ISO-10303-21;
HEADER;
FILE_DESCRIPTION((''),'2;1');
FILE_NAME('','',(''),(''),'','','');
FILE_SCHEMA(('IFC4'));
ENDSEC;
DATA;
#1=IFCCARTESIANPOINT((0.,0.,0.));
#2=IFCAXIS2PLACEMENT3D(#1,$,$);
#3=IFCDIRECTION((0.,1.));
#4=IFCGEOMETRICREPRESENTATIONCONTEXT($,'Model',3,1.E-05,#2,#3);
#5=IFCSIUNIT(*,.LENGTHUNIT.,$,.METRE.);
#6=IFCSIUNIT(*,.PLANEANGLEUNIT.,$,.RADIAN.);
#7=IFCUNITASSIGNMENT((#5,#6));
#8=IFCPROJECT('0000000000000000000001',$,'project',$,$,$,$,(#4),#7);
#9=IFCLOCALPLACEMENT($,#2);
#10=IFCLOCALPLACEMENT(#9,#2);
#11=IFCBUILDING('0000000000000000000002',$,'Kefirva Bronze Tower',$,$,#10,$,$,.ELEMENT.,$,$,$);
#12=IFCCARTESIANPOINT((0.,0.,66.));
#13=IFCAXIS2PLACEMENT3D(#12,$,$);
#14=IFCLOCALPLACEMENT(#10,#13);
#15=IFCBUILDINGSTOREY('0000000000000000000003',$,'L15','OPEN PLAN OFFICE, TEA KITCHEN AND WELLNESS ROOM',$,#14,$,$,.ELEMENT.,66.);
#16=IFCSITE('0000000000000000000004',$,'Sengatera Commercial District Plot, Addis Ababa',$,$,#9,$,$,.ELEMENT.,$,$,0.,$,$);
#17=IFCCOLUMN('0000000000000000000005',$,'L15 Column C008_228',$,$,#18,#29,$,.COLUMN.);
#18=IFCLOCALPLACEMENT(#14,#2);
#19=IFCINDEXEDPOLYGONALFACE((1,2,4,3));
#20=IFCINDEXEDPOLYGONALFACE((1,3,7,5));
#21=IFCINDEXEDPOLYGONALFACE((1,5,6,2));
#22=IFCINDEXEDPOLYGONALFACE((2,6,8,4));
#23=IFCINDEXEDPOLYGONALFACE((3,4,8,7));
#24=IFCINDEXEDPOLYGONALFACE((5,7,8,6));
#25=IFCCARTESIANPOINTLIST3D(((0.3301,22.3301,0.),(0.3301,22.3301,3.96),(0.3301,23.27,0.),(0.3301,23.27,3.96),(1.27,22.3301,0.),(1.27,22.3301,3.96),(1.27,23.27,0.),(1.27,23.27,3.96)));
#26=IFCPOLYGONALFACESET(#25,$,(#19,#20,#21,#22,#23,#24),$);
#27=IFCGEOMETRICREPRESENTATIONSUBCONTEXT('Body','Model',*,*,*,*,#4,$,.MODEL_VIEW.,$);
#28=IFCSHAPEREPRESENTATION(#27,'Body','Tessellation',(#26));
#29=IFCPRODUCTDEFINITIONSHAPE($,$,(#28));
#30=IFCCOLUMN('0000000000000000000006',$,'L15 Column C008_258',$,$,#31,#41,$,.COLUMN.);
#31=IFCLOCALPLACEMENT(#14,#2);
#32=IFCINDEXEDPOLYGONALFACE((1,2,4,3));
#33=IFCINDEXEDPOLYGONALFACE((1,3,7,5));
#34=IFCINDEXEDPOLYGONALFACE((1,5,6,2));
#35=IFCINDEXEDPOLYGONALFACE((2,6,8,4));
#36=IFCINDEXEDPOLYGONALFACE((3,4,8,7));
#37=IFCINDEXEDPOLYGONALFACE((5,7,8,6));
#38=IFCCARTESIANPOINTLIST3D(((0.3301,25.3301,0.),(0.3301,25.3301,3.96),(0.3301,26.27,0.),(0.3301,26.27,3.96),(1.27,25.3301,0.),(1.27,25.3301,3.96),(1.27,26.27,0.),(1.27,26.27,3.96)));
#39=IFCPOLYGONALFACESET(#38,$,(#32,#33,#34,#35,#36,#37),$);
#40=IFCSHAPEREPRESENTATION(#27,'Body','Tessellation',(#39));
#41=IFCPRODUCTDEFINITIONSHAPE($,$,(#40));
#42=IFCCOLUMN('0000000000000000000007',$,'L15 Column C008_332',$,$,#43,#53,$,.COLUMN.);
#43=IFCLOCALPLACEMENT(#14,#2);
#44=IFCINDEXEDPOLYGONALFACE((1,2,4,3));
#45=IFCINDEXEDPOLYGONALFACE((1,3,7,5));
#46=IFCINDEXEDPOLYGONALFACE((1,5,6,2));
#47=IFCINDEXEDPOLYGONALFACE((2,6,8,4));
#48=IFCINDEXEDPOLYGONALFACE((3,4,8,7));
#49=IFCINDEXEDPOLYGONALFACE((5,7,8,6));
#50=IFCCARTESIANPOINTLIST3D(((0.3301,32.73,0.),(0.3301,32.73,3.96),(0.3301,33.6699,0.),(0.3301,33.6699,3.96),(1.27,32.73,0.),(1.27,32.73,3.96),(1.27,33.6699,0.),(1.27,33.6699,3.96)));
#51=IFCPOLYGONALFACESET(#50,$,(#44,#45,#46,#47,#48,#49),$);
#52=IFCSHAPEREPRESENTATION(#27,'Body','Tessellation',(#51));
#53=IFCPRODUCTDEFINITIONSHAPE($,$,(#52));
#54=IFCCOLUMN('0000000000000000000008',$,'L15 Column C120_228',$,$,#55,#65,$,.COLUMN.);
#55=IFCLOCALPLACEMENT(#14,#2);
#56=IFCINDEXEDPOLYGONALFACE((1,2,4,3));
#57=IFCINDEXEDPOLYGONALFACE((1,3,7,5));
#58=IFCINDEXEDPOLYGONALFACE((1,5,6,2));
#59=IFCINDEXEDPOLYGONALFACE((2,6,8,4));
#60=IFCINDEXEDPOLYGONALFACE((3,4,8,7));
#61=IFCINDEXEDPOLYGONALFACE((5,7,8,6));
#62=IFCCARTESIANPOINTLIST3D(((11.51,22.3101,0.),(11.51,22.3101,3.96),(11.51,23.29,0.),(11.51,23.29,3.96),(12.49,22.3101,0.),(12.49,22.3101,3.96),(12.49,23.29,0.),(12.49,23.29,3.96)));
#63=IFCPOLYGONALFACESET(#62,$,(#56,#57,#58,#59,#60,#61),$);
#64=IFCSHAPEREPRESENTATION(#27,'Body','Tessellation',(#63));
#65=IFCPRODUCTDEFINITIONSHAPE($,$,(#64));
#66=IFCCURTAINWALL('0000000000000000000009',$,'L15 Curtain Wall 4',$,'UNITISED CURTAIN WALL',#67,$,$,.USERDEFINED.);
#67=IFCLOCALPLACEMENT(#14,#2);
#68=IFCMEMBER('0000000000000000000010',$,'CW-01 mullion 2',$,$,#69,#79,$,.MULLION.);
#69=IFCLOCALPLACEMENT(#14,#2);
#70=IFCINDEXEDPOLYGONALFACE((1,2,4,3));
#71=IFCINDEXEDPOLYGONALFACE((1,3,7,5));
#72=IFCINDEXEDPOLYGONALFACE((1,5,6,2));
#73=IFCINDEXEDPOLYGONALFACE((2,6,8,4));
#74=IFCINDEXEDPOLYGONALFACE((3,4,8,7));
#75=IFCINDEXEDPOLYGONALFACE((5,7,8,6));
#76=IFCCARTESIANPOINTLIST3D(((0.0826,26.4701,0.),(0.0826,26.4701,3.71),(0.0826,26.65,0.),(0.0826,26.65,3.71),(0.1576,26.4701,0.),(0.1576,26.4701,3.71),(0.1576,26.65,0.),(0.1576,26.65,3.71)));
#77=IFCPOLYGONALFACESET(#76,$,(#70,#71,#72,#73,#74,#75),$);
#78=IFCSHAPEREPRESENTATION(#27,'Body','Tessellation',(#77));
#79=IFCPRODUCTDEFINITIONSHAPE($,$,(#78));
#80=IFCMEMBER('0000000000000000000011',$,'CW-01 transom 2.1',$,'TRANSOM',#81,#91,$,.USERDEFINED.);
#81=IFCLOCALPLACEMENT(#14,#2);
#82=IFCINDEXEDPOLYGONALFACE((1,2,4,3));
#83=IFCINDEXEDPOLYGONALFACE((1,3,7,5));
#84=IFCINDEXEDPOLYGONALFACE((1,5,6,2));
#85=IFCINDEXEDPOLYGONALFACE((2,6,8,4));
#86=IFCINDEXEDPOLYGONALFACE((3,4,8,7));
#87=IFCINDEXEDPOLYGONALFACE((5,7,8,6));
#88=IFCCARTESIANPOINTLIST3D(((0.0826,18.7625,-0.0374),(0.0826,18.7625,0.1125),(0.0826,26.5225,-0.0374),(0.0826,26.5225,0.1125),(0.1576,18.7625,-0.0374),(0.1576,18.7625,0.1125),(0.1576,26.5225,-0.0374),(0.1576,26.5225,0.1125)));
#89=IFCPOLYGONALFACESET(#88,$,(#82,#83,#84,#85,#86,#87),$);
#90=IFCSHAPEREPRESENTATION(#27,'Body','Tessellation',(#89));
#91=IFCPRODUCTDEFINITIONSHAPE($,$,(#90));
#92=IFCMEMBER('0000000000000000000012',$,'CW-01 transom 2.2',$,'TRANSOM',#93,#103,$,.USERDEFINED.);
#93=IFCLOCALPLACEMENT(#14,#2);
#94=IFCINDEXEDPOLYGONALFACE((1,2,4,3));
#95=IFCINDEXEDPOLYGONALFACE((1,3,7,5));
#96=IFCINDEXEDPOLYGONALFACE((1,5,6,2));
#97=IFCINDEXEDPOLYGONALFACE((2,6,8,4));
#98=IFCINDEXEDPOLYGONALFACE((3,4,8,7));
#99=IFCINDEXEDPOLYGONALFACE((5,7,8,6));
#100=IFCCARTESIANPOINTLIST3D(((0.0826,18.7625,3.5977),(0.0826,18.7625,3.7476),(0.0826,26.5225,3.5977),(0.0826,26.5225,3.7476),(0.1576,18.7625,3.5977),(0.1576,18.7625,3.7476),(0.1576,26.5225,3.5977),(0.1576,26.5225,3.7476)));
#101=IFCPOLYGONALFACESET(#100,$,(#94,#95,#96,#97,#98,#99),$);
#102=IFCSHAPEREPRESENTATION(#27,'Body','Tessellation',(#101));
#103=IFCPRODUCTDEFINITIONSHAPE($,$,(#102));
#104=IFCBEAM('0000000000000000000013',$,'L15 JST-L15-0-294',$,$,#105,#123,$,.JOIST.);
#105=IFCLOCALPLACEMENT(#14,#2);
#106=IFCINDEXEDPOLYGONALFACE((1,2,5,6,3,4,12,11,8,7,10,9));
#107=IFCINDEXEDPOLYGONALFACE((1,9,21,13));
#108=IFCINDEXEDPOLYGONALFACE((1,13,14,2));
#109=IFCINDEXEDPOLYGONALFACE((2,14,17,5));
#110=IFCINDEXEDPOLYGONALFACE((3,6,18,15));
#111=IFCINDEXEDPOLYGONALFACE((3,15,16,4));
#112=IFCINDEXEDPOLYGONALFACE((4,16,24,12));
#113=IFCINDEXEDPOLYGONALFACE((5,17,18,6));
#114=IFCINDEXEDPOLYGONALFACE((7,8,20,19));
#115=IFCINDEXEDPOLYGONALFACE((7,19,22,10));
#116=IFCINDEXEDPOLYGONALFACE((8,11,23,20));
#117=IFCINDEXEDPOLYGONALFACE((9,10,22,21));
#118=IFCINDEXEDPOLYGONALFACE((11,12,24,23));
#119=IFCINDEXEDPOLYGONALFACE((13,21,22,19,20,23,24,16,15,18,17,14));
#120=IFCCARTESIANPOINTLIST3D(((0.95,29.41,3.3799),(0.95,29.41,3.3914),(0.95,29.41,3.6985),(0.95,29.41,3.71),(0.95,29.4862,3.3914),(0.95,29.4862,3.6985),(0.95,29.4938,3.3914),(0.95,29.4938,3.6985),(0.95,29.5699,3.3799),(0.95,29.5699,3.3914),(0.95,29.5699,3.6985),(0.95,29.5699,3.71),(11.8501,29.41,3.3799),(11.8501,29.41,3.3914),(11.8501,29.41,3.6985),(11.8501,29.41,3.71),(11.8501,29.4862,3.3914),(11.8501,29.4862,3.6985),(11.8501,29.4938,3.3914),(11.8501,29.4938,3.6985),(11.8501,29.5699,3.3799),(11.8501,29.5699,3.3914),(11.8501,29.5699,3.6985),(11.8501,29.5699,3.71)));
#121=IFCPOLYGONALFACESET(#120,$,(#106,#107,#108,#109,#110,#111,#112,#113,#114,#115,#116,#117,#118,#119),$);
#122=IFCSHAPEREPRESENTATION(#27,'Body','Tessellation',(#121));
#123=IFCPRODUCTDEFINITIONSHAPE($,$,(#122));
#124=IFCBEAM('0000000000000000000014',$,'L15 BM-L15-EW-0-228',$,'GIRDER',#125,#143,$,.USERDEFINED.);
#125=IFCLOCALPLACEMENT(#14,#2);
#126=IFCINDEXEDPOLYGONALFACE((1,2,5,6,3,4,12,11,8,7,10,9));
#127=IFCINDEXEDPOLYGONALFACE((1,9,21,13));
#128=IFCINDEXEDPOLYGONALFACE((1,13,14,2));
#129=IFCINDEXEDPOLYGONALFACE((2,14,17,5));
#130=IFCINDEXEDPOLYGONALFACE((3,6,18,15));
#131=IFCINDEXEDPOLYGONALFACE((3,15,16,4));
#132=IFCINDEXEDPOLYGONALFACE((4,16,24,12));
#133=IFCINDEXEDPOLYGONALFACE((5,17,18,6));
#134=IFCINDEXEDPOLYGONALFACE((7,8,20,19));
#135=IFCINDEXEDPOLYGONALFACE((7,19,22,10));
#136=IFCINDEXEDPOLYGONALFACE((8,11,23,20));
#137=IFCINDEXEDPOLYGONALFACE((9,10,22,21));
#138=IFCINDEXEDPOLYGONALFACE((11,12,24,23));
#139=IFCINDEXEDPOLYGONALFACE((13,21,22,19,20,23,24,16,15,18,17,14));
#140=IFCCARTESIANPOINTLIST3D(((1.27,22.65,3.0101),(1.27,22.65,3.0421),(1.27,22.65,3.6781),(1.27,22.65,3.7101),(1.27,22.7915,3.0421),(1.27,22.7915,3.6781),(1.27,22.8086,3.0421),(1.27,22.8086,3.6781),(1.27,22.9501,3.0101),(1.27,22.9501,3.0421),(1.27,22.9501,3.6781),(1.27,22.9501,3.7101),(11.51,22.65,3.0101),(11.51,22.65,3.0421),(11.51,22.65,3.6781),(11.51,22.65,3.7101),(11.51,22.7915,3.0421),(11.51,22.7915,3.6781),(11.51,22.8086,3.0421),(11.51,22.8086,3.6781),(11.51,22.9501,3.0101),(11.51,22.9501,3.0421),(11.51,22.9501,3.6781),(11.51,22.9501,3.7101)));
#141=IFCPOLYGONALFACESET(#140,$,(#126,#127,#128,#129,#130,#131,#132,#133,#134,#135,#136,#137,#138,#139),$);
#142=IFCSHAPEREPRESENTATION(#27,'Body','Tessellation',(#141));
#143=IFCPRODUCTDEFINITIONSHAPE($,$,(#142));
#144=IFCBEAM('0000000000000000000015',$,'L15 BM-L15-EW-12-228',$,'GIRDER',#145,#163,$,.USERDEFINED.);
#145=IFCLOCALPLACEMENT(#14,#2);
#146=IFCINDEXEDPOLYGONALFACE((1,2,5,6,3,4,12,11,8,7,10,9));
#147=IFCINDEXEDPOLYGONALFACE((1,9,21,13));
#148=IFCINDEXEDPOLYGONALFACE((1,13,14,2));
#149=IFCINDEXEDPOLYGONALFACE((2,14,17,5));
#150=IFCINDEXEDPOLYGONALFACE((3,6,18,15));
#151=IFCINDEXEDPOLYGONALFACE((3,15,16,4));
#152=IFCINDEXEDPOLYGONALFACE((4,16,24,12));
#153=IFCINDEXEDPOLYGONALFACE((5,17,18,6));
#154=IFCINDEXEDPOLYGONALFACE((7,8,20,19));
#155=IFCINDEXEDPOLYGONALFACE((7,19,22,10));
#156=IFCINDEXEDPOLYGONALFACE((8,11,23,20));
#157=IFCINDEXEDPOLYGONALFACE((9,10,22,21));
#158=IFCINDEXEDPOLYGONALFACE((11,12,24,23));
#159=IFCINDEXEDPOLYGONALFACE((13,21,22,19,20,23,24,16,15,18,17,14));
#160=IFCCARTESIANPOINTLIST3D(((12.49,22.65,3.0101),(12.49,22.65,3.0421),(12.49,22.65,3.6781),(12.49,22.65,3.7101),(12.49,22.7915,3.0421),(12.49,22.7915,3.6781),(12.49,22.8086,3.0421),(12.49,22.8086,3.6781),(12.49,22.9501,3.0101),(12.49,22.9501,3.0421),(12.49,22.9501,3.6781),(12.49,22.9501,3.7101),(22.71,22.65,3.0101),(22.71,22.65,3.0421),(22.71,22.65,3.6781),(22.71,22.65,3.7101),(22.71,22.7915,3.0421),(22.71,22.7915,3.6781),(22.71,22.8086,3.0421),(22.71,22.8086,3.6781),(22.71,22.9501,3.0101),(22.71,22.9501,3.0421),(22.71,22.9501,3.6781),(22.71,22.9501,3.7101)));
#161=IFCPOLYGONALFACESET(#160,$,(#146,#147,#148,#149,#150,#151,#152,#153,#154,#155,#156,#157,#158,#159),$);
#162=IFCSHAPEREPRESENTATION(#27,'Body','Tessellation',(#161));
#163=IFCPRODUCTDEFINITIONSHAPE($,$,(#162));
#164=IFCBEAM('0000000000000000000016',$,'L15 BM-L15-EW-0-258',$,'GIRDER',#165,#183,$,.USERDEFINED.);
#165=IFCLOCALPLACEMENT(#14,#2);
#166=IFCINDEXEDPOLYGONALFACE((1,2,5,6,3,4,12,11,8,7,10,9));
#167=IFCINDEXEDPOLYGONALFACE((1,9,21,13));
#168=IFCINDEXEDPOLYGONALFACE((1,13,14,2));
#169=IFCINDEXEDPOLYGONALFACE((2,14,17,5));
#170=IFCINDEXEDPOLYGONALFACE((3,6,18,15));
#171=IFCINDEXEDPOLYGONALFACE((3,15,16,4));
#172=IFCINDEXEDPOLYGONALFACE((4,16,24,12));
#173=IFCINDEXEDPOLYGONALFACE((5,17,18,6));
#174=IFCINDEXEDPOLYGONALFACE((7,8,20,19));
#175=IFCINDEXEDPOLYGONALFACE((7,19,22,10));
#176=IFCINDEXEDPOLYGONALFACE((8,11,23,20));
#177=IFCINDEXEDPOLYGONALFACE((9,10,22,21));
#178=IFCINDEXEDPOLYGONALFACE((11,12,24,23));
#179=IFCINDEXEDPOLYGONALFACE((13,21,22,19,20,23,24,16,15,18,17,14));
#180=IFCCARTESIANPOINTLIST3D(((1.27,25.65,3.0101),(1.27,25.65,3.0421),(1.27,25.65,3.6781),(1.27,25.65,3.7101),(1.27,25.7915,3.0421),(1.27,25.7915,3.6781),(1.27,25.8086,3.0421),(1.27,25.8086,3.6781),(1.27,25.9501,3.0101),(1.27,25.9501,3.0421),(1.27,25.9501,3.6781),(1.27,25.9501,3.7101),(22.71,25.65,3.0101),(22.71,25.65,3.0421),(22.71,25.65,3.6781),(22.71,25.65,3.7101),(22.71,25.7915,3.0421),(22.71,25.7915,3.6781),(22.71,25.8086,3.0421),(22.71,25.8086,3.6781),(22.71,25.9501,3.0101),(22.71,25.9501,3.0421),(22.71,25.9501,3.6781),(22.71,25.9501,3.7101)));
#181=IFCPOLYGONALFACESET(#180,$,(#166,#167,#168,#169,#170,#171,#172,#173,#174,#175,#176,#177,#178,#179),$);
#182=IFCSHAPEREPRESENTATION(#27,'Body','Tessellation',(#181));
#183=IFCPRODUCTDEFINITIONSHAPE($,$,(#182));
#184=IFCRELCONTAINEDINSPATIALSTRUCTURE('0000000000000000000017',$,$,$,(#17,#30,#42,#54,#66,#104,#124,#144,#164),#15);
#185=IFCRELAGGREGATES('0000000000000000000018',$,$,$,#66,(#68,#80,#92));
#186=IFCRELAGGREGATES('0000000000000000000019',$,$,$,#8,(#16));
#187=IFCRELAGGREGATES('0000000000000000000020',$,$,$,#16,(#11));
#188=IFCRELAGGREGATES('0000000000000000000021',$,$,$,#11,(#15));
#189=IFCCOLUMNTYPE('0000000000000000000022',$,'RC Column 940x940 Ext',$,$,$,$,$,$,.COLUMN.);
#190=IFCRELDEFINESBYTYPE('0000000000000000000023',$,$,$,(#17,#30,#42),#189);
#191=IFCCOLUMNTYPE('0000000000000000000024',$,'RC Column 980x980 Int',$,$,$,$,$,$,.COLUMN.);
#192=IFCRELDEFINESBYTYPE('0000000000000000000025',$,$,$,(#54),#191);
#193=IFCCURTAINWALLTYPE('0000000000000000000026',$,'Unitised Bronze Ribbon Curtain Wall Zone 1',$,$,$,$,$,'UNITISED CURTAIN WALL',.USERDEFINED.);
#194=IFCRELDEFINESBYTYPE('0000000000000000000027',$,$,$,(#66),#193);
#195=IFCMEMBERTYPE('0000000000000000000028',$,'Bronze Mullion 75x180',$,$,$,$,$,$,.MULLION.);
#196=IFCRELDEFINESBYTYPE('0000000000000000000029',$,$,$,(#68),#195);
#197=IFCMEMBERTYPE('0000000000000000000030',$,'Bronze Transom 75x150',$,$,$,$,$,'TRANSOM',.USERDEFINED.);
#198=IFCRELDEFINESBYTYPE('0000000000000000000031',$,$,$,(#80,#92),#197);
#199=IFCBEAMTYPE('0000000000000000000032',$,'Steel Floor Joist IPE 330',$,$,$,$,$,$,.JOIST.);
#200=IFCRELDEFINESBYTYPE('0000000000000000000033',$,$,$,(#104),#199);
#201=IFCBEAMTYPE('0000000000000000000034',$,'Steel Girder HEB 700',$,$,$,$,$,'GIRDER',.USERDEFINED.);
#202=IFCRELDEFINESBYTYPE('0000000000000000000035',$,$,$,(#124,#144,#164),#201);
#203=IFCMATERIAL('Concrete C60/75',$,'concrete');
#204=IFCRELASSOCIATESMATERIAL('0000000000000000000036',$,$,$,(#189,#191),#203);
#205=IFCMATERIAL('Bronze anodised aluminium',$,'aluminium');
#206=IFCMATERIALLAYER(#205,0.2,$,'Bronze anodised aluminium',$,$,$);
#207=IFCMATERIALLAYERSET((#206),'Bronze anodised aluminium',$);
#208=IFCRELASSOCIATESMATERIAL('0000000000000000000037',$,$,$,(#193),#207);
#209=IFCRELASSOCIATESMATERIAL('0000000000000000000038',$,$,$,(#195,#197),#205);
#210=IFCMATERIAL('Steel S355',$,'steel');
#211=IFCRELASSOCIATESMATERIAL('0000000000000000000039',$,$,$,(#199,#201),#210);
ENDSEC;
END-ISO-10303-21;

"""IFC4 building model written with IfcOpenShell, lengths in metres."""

from ifc_helpers import new_model, si_unit, direction, frame, origin, origin_2d, place, context, subcontext, project, spatial, rectangle, i_section, extrude, material, layer, layer_set, material_profile, profile_set, type_object, element, aggregate, save


model = new_model("IFC4")

# Units and contexts
model_context = context("Model", 3, precision=1e-05, world=origin(), true_north=direction((0.0, 1.0)))
body_context = subcontext(model_context, "Body", "Model", "MODEL_VIEW")
ifc_project = project(units=[si_unit("LENGTHUNIT", "METRE"), si_unit("PLANEANGLEUNIT", "RADIAN")], contexts=[model_context])

# Site, building, storey
site_placement = place(None, origin())
site = spatial("IfcSite", under=ifc_project, at=site_placement, Name="Sengatera Commercial District Plot, Addis Ababa", CompositionType="ELEMENT", RefElevation=0.0)
building_placement = place(site_placement, origin())
building = spatial("IfcBuilding", under=site, at=building_placement, Name="Kefirva Bronze Tower", CompositionType="ELEMENT")
storey_placement = place(building_placement, frame((0.0, 0.0, 66.0)))
storey = spatial("IfcBuildingStorey", under=building, at=storey_placement, Name="L15", Description="OPEN PLAN OFFICE, TEA KITCHEN AND WELLNESS ROOM", CompositionType="ELEMENT", Elevation=66.0)

# Columns
ifc_material_1 = material(Name="Concrete C60/75", Category="concrete")
ifc_material_profile_1 = material_profile(ifc_material_1, rectangle(XDim=0.9399, YDim=0.9399, at=origin_2d()), Name="RC 940x940")
ifc_profile_set_1 = profile_set([ifc_material_profile_1], Name="Concrete C60/75")
column_type_1 = type_object("IfcColumnType", Name="RC Column 940x940 Ext", PredefinedType="COLUMN", material=ifc_profile_set_1)
for number, where, z_axis, x_axis, name in (
    (1, (0.8, 22.8, 0.0), (0.0, 0.0, 1.0), (1.0, 0.0, 0.0), "L15 Column C008_228"),
    (2, (0.8, 25.8, 0.0), (0.0, 0.0, 1.0), (1.0, 0.0, 0.0), "L15 Column C008_258"),
    (3, (0.8, 33.2, 0.0), (0.0, 0.0, 1.0), (1.0, 0.0, 0.0), "L15 Column C008_332"),
):
    element("IfcColumn", number, at=place(storey_placement, frame(where, z_axis=z_axis, x_axis=x_axis)), inside=storey, type_object=column_type_1, Name=name, PredefinedType="COLUMN", context=body_context, shape_type="SweptSolid", body=[
        extrude(rectangle(XDim=0.9399, YDim=0.9399, at=origin_2d()), origin(), (0.0, 0.0, 1.0), 3.96),
    ])
ifc_material_profile_2 = material_profile(ifc_material_1, rectangle(XDim=0.98, YDim=0.98, at=origin_2d()), Name="RC 980x980")
ifc_profile_set_2 = profile_set([ifc_material_profile_2], Name="Concrete C60/75")
column_type_2 = type_object("IfcColumnType", Name="RC Column 980x980 Int", PredefinedType="COLUMN", material=ifc_profile_set_2)
column_placement = place(storey_placement, frame((12.0, 22.8, 0.0), z_axis=(0.0, 0.0, 1.0), x_axis=(1.0, 0.0, 0.0)))
element("IfcColumn", 4, at=column_placement, inside=storey, type_object=column_type_2, Name="L15 Column C120_228", PredefinedType="COLUMN", context=body_context, shape_type="SweptSolid", body=[
    extrude(rectangle(XDim=0.98, YDim=0.98, at=origin_2d()), origin(), (0.0, 0.0, 1.0), 3.96),
])

# Curtain wall, members
ifc_material_2 = material(Name="Bronze anodised aluminium", Category="aluminium")
ifc_layer_1 = layer(ifc_material_2, 0.2, Name="Bronze anodised aluminium")
ifc_layer_set_1 = layer_set([ifc_layer_1], Name="Bronze anodised aluminium")
curtain_wall_type = type_object("IfcCurtainWallType", Name="Unitised Bronze Ribbon Curtain Wall Zone 1", ElementType="UNITISED CURTAIN WALL", PredefinedType="USERDEFINED", material=ifc_layer_set_1)
curtain_wall_placement = place(storey_placement, origin())
curtain_wall = element("IfcCurtainWall", 5, at=curtain_wall_placement, inside=storey, type_object=curtain_wall_type, Name="L15 Curtain Wall 4", ObjectType="UNITISED CURTAIN WALL", PredefinedType="USERDEFINED")
ifc_material_profile_3 = material_profile(ifc_material_2, rectangle(XDim=0.075, YDim=0.1799, at=origin_2d()), Name="ALU 75x180")
ifc_profile_set_3 = profile_set([ifc_material_profile_3], Name="Bronze anodised aluminium")
member_type_1 = type_object("IfcMemberType", Name="Bronze Mullion 75x180", PredefinedType="MULLION", material=ifc_profile_set_3)
member_1_placement = place(storey_placement, frame((0.1201, 26.5601, 0.0), z_axis=(0.0, 0.0, 1.0), x_axis=(1.0, 0.0, 0.0)))
member_1 = element("IfcMember", 6, at=member_1_placement, type_object=member_type_1, Name="CW-01 mullion 2", PredefinedType="MULLION", context=body_context, shape_type="SweptSolid", body=[
    extrude(rectangle(XDim=0.075, YDim=0.1799, at=origin_2d()), origin(), (0.0, 0.0, 1.0), 3.71),
])
ifc_material_profile_4 = material_profile(ifc_material_2, rectangle(XDim=0.075, YDim=0.1499, at=origin_2d()), Name="ALU 75x150")
ifc_profile_set_4 = profile_set([ifc_material_profile_4], Name="Bronze anodised aluminium")
member_type_2 = type_object("IfcMemberType", Name="Bronze Transom 75x150", ElementType="TRANSOM", PredefinedType="USERDEFINED", material=ifc_profile_set_4)
member_2_placement = place(storey_placement, frame((0.1201, 26.5225, 0.0376), z_axis=(0.0, -1.0, 0.0), x_axis=(1.0, 0.0, 0.0)))
member_2 = element("IfcMember", 7, at=member_2_placement, type_object=member_type_2, Name="CW-01 transom 2.1", ObjectType="TRANSOM", PredefinedType="USERDEFINED", context=body_context, shape_type="SweptSolid", body=[
    extrude(rectangle(XDim=0.075, YDim=0.1499, at=origin_2d()), origin(), (0.0, 0.0, 1.0), 7.76),
])
member_3_placement = place(storey_placement, frame((0.1201, 26.5225, 3.6726), z_axis=(0.0, -1.0, 0.0), x_axis=(1.0, 0.0, 0.0)))
member_3 = element("IfcMember", 8, at=member_3_placement, type_object=member_type_2, Name="CW-01 transom 2.2", ObjectType="TRANSOM", PredefinedType="USERDEFINED", context=body_context, shape_type="SweptSolid", body=[
    extrude(rectangle(XDim=0.075, YDim=0.1499, at=origin_2d()), origin(), (0.0, 0.0, 1.0), 7.76),
])

# Beams
ifc_material_3 = material(Name="Steel S355", Category="steel")
ifc_material_profile_5 = material_profile(ifc_material_3, i_section(OverallWidth=0.1599, OverallDepth=0.3301, WebThickness=0.0076, FlangeThickness=0.0115, at=origin_2d()), Name="IPE 330")
ifc_profile_set_5 = profile_set([ifc_material_profile_5], Name="Steel S355")
beam_type_1 = type_object("IfcBeamType", Name="Steel Floor Joist IPE 330", PredefinedType="JOIST", material=ifc_profile_set_5)
beam_1_placement = place(storey_placement, frame((0.95, 29.49, 3.5449), z_axis=(1.0, 0.0, 0.0), x_axis=(0.0, 1.0, 0.0)))
element("IfcBeam", 9, at=beam_1_placement, inside=storey, type_object=beam_type_1, Name="L15 JST-L15-0-294", PredefinedType="JOIST", context=body_context, shape_type="SweptSolid", body=[
    extrude(i_section(OverallWidth=0.1599, OverallDepth=0.3301, WebThickness=0.0076, FlangeThickness=0.0115, at=origin_2d()), origin(), (0.0, 0.0, 1.0), 10.9001),
])
ifc_material_profile_6 = material_profile(ifc_material_3, i_section(OverallWidth=0.3, OverallDepth=0.7, WebThickness=0.0171, FlangeThickness=0.032, at=origin_2d()), Name="HEB 700")
ifc_profile_set_6 = profile_set([ifc_material_profile_6], Name="Steel S355")
beam_type_2 = type_object("IfcBeamType", Name="Steel Girder HEB 700", ElementType="GIRDER", PredefinedType="USERDEFINED", material=ifc_profile_set_6)
beam_2_placement = place(storey_placement, frame((1.27, 22.8, 3.3601), z_axis=(1.0, 0.0, 0.0), x_axis=(0.0, 1.0, 0.0)))
element("IfcBeam", 10, at=beam_2_placement, inside=storey, type_object=beam_type_2, Name="L15 BM-L15-EW-0-228", ObjectType="GIRDER", PredefinedType="USERDEFINED", context=body_context, shape_type="SweptSolid", body=[
    extrude(i_section(OverallWidth=0.3, OverallDepth=0.7, WebThickness=0.0171, FlangeThickness=0.032, at=origin_2d()), origin(), (0.0, 0.0, 1.0), 10.24),
])
beam_3_placement = place(storey_placement, frame((12.49, 22.8, 3.3601), z_axis=(1.0, 0.0, 0.0), x_axis=(0.0, 1.0, 0.0)))
element("IfcBeam", 11, at=beam_3_placement, inside=storey, type_object=beam_type_2, Name="L15 BM-L15-EW-12-228", ObjectType="GIRDER", PredefinedType="USERDEFINED", context=body_context, shape_type="SweptSolid", body=[
    extrude(i_section(OverallWidth=0.3, OverallDepth=0.7, WebThickness=0.0171, FlangeThickness=0.032, at=origin_2d()), origin(), (0.0, 0.0, 1.0), 10.22),
])
beam_4_placement = place(storey_placement, frame((1.27, 25.8, 3.3601), z_axis=(1.0, 0.0, 0.0), x_axis=(0.0, 1.0, 0.0)))
element("IfcBeam", 12, at=beam_4_placement, inside=storey, type_object=beam_type_2, Name="L15 BM-L15-EW-0-258", ObjectType="GIRDER", PredefinedType="USERDEFINED", context=body_context, shape_type="SweptSolid", body=[
    extrude(i_section(OverallWidth=0.3, OverallDepth=0.7, WebThickness=0.0171, FlangeThickness=0.032, at=origin_2d()), origin(), (0.0, 0.0, 1.0), 21.4399),
])

aggregate(curtain_wall, [member_1, member_2, member_3])

save(model, "model.ifc")
